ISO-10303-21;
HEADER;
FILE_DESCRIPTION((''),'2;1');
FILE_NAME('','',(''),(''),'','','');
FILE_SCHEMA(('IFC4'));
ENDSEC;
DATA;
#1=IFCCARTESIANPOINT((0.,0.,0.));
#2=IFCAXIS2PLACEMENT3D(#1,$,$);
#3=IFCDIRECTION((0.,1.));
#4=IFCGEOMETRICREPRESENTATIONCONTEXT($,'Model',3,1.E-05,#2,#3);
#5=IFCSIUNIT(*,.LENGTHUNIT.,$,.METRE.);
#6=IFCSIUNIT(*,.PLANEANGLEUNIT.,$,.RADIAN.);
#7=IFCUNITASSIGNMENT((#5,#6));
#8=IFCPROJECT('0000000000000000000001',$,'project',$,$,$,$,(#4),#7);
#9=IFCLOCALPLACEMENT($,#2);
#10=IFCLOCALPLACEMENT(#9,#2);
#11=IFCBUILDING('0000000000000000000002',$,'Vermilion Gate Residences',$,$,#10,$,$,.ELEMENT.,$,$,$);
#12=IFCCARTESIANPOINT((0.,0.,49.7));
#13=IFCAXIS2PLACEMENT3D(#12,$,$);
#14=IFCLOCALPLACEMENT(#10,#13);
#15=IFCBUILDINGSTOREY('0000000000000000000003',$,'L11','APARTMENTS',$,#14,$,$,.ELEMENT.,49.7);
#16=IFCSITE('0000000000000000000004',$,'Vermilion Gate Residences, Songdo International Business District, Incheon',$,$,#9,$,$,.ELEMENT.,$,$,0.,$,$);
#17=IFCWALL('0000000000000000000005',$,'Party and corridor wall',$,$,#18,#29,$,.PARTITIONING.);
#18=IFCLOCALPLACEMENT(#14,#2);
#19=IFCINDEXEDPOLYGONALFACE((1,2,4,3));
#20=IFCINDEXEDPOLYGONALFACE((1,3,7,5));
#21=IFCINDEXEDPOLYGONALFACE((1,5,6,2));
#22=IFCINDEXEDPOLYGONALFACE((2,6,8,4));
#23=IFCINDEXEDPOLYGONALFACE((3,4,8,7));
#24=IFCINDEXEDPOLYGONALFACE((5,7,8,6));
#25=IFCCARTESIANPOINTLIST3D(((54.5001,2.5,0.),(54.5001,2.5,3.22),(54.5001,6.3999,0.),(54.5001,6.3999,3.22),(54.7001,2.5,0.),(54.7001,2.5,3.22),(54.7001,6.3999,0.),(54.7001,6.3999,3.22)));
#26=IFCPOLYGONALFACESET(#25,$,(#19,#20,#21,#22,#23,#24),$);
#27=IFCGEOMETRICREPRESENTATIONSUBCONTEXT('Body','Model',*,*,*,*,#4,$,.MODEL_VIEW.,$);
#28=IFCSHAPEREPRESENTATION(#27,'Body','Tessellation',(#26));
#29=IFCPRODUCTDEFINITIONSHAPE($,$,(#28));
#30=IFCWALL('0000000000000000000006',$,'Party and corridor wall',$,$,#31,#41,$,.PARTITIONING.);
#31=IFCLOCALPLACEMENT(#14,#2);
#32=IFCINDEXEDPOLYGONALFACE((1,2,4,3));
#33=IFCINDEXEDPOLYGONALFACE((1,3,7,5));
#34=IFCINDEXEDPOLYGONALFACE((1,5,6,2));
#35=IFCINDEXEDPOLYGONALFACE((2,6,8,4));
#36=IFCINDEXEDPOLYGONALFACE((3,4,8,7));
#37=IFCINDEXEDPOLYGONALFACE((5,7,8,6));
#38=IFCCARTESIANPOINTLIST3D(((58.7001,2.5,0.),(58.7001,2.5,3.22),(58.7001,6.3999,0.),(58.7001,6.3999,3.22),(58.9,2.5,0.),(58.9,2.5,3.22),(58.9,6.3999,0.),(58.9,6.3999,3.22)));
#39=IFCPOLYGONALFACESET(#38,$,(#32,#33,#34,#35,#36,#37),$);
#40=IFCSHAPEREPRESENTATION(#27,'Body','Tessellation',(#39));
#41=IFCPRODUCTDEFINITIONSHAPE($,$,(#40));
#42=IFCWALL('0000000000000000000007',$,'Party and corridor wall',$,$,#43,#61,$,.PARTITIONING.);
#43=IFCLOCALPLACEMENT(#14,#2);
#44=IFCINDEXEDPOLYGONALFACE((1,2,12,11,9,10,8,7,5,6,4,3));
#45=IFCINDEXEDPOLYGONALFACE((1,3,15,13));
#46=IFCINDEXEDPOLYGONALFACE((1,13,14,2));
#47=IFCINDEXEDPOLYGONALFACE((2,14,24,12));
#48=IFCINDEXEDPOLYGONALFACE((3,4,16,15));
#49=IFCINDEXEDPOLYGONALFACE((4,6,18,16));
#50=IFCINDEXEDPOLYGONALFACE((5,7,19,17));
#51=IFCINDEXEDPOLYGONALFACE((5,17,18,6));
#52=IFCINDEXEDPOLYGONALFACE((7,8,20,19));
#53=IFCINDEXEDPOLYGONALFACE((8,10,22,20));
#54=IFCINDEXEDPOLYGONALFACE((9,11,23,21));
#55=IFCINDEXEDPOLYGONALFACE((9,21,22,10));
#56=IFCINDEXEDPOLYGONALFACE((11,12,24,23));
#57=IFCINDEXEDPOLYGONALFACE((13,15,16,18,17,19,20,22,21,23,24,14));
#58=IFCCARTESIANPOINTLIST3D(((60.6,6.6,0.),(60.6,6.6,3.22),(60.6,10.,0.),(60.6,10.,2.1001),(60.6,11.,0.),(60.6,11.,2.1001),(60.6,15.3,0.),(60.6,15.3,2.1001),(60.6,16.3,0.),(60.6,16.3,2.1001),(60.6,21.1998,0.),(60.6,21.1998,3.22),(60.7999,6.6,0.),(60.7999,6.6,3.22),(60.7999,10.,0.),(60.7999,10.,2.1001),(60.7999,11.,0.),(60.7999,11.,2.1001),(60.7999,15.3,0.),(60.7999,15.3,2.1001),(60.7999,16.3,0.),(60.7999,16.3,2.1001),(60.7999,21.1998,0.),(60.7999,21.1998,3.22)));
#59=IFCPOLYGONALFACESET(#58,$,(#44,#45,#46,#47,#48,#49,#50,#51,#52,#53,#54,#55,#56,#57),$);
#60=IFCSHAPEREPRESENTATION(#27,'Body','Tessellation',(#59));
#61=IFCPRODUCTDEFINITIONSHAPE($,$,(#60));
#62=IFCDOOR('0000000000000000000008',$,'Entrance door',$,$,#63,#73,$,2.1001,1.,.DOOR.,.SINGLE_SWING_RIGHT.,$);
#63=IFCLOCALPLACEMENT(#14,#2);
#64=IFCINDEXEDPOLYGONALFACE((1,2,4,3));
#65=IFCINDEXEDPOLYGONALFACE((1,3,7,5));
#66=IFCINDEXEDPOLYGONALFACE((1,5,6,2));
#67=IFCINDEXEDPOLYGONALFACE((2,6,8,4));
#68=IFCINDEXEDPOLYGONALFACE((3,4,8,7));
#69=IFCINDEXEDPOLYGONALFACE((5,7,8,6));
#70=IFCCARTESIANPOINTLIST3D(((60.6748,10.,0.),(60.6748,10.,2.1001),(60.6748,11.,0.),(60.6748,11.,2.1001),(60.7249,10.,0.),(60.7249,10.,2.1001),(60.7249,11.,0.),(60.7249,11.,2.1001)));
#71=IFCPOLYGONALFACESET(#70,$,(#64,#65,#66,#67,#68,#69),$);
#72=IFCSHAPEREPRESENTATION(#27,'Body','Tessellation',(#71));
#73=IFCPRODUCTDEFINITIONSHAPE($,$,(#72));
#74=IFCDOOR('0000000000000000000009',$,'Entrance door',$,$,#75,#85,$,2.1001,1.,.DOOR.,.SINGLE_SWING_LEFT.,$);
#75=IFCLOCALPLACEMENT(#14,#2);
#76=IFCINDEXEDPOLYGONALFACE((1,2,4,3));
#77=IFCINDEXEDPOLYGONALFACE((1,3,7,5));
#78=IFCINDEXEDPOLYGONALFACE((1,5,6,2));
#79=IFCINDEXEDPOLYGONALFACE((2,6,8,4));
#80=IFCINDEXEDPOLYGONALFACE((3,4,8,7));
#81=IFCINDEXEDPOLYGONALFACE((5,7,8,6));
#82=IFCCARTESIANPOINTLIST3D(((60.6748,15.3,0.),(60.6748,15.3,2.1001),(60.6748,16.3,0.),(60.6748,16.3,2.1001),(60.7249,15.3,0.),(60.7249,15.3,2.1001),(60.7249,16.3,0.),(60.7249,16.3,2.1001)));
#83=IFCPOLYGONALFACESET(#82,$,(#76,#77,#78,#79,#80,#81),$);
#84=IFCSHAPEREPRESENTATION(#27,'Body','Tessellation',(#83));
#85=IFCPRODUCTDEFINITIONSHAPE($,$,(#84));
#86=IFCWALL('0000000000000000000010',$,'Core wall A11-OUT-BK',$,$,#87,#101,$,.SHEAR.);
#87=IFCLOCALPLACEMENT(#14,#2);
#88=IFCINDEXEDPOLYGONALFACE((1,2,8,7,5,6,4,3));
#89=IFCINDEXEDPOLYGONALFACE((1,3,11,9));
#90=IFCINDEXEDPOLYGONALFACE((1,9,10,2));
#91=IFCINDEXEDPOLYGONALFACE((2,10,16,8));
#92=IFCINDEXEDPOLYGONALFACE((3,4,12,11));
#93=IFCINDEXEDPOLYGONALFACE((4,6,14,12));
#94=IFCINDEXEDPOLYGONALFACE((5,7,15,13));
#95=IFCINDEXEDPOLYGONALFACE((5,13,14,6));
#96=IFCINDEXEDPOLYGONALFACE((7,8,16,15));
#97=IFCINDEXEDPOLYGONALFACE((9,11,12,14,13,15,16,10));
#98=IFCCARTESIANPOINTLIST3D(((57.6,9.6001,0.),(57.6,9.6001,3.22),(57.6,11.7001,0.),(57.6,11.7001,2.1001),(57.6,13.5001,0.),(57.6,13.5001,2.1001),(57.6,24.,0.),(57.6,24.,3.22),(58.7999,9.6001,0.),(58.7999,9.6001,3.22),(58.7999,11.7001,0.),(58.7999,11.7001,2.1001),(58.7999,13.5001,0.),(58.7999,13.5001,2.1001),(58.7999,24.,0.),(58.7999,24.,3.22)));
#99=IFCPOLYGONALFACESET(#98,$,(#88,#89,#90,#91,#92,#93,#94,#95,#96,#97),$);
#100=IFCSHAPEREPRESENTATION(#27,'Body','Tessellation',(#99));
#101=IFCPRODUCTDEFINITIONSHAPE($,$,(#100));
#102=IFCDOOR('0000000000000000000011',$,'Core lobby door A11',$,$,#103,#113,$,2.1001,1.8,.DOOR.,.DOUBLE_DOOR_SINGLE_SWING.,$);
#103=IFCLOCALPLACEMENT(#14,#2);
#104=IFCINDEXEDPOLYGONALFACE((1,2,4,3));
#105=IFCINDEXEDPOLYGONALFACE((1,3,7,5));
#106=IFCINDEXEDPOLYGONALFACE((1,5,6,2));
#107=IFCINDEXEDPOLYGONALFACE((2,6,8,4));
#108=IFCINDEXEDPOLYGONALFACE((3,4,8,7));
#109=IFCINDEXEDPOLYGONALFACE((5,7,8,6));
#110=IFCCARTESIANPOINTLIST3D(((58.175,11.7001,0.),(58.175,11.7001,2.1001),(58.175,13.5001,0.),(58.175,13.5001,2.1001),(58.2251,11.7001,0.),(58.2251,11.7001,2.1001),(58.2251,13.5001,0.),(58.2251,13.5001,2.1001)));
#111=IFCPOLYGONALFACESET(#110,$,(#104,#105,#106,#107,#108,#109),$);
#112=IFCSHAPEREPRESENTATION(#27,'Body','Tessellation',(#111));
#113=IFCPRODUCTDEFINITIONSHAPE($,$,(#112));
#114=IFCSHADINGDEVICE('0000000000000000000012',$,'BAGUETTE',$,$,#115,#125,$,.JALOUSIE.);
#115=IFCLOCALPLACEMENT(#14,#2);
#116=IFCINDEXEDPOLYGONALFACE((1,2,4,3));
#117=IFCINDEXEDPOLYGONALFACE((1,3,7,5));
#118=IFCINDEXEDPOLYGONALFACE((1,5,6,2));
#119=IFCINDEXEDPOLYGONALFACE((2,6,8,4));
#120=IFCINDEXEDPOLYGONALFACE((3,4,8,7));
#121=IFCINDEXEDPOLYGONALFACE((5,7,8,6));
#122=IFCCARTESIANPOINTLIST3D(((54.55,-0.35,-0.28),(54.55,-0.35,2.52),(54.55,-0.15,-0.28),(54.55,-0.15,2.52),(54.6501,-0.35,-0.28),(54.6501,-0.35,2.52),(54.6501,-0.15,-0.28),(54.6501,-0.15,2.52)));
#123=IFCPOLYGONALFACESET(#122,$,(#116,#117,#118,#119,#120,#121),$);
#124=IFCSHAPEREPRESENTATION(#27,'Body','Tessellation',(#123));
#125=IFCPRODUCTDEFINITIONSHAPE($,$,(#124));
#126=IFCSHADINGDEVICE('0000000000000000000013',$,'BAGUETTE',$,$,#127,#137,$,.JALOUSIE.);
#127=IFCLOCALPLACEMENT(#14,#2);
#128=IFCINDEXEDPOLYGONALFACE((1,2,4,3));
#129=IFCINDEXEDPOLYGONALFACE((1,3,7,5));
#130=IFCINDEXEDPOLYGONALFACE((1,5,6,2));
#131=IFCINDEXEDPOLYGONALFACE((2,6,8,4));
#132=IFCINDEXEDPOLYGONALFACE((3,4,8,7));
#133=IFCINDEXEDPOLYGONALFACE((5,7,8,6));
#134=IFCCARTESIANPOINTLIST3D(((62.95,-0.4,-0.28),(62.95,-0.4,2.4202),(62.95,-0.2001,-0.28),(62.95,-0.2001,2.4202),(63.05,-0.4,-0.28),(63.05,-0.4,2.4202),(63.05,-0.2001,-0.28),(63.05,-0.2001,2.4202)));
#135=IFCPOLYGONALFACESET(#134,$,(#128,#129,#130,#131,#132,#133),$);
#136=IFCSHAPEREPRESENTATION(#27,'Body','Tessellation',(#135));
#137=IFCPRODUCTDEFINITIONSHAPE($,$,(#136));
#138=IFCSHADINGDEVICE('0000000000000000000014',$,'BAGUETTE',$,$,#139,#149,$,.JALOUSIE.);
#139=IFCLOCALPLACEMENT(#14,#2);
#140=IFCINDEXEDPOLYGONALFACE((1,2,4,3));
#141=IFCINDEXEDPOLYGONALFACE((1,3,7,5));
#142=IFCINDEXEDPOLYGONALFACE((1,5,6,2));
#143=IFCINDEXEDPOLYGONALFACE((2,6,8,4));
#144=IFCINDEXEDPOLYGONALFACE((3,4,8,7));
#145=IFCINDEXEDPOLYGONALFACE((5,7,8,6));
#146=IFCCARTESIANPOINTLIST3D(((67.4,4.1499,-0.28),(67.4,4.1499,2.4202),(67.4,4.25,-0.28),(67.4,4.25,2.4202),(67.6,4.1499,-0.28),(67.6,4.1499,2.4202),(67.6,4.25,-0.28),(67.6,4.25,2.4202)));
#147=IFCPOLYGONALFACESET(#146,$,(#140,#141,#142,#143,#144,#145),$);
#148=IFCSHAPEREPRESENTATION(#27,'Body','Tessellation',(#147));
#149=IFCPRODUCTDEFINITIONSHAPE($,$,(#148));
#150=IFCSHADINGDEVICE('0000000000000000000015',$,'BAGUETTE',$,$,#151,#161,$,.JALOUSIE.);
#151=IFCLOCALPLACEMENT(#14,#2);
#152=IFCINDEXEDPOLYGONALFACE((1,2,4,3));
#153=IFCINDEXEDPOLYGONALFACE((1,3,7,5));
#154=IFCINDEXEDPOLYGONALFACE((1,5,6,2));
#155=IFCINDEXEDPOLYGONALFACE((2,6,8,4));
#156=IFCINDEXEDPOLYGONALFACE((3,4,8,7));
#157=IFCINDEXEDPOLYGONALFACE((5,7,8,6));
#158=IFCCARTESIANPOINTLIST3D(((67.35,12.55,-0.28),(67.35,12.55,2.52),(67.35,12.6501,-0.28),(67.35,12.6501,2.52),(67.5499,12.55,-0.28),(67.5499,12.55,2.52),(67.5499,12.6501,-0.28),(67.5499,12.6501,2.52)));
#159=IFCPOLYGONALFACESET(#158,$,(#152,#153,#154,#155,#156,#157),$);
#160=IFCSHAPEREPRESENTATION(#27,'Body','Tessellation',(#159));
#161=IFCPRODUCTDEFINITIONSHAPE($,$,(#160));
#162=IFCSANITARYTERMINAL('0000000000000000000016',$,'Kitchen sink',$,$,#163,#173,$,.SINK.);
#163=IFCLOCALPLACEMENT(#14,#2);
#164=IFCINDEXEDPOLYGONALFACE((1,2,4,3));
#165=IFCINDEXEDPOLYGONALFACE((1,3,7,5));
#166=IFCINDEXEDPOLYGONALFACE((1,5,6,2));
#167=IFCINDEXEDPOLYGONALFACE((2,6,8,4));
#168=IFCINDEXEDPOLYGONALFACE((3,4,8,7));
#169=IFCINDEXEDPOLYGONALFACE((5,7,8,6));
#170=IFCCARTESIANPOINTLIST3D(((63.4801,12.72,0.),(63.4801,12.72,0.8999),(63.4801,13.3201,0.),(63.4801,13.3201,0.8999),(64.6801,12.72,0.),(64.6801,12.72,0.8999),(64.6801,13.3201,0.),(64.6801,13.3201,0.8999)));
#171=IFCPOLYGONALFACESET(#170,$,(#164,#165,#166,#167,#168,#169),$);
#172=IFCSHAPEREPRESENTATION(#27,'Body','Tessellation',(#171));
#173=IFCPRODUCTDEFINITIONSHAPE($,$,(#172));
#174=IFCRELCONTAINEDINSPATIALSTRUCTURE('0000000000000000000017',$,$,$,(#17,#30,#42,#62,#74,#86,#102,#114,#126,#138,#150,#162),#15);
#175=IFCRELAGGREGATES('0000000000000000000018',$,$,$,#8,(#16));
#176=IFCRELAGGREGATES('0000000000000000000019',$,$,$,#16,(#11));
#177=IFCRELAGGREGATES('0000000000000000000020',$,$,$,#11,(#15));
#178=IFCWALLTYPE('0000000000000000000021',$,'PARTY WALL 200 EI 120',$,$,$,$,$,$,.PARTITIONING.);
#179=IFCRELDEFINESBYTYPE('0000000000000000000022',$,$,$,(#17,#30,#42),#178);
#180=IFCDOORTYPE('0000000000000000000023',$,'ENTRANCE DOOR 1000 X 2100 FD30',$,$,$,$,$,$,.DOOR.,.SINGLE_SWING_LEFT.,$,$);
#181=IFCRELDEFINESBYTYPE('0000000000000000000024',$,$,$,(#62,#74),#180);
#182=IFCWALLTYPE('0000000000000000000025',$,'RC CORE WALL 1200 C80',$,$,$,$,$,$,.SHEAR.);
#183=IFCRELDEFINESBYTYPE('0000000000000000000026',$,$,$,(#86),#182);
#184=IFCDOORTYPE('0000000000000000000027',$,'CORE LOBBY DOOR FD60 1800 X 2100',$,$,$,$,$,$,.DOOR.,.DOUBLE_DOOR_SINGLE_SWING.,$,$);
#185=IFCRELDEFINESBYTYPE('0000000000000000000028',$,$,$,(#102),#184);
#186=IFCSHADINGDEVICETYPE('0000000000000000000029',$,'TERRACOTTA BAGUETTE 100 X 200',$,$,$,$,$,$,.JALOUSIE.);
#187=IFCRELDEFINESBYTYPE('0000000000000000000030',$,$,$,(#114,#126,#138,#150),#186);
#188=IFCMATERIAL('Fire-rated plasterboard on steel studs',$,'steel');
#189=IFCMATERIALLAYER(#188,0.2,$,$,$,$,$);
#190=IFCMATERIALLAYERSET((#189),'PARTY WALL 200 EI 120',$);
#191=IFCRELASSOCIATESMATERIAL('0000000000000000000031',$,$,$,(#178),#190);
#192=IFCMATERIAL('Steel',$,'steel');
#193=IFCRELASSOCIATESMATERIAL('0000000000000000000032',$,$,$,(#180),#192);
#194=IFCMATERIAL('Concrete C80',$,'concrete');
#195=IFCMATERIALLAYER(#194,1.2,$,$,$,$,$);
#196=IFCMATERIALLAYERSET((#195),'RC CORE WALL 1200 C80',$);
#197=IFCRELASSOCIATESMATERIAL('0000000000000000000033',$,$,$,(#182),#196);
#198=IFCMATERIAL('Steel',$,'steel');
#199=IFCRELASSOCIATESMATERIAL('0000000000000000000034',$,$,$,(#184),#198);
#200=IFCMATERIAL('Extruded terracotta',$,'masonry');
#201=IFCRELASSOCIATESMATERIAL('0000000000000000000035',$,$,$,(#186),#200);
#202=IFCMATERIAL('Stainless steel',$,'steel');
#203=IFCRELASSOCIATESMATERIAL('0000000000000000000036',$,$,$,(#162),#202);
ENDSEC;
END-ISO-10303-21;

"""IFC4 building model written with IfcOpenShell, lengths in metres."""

from ifc_helpers import new_model, si_unit, direction, frame, frame_2d, origin, origin_2d, place, context, subcontext, project, spatial, rectangle, extrude, material, layer, layer_set, material_profile, profile_set, type_object, element, fill, save


model = new_model("IFC4")

# Units and contexts
model_context = context("Model", 3, precision=1e-05, world=origin(), true_north=direction((0.0, 1.0)))
body_context = subcontext(model_context, "Body", "Model", "MODEL_VIEW")
ifc_project = project(units=[si_unit("LENGTHUNIT", "METRE"), si_unit("PLANEANGLEUNIT", "RADIAN")], contexts=[model_context])

# Site, building, storey
site_placement = place(None, origin())
site = spatial("IfcSite", under=ifc_project, at=site_placement, Name="Vermilion Gate Residences, Songdo International Business District, Incheon", CompositionType="ELEMENT", RefElevation=0.0)
building_placement = place(site_placement, origin())
building = spatial("IfcBuilding", under=site, at=building_placement, Name="Vermilion Gate Residences", CompositionType="ELEMENT")
storey_placement = place(building_placement, frame((0.0, 0.0, 49.7)))
storey = spatial("IfcBuildingStorey", under=building, at=storey_placement, Name="L11", Description="APARTMENTS", CompositionType="ELEMENT", Elevation=49.7)

# Walls
ifc_material_1 = material(Name="Fire-rated plasterboard on steel studs", Category="steel")
ifc_layer_1 = layer(ifc_material_1, 0.2)
ifc_layer_set_1 = layer_set([ifc_layer_1], Name="PARTY WALL 200 EI 120")
wall_type_1 = type_object("IfcWallType", Name="PARTY WALL 200 EI 120", PredefinedType="PARTITIONING", material=ifc_layer_set_1)
for number, where, z_axis, x_axis, name in (
    (1, (54.6001, 2.5, 0.0), (0.0, 0.0, 1.0), (0.0, 1.0, 0.0), "Party and corridor wall"),
    (2, (58.8, 2.5, 0.0), (0.0, 0.0, 1.0), (0.0, 1.0, 0.0), "Party and corridor wall"),
):
    element("IfcWall", number, at=place(storey_placement, frame(where, z_axis=z_axis, x_axis=x_axis)), inside=storey, type_object=wall_type_1, Name=name, PredefinedType="PARTITIONING", context=body_context, shape_type="SweptSolid", body=[
        extrude(rectangle(XDim=3.8999, YDim=0.2, at=frame_2d((1.95, 0.0))), origin(), (0.0, 0.0, 1.0), 3.22),
    ])

# Wall, openings, doors
wall_1_placement = place(storey_placement, frame((60.7, 6.6001, 0.0), z_axis=(0.0, 0.0, 1.0), x_axis=(0.0, 1.0, 0.0)))
wall_1 = element("IfcWall", 3, at=wall_1_placement, inside=storey, type_object=wall_type_1, Name="Party and corridor wall", PredefinedType="PARTITIONING", context=body_context, shape_type="SweptSolid", body=[
    extrude(rectangle(XDim=14.5999, YDim=0.2, at=frame_2d((7.2998, 0.0))), origin(), (0.0, 0.0, 1.0), 3.22),
])
opening_1_placement = place(wall_1_placement, frame((3.3999, 0.0, 0.0)))
opening_1 = element("IfcOpeningElement", 4, at=opening_1_placement, cuts=wall_1, PredefinedType="OPENING", context=body_context, shape_type="SweptSolid", body=[
    extrude(rectangle(XDim=1.0, YDim=2.1001, at=frame_2d((0.5, 1.05))), frame((0.0, 0.1099, 0.0), z_axis=(0.0, -1.0, 0.0), x_axis=(1.0, 0.0, 0.0)), (0.0, 0.0, 1.0), 0.22),
])
opening_2_placement = place(wall_1_placement, frame((8.7, 0.0, 0.0)))
opening_2 = element("IfcOpeningElement", 5, at=opening_2_placement, cuts=wall_1, PredefinedType="OPENING", context=body_context, shape_type="SweptSolid", body=[
    extrude(rectangle(XDim=1.0, YDim=2.1001, at=frame_2d((0.5, 1.05))), frame((0.0, 0.1099, 0.0), z_axis=(0.0, -1.0, 0.0), x_axis=(1.0, 0.0, 0.0)), (0.0, 0.0, 1.0), 0.22),
])
ifc_material_2 = material(Name="Steel", Category="steel")
door_type_1 = type_object("IfcDoorType", Name="ENTRANCE DOOR 1000 X 2100 FD30", OperationType="SINGLE_SWING_LEFT", PredefinedType="DOOR", material=ifc_material_2)
door_1_placement = place(opening_1_placement, frame((1.0, 0.0, 0.0), z_axis=(0.0, 0.0, 1.0), x_axis=(-1.0, 0.0, 0.0)))
door_1 = element("IfcDoor", 6, at=door_1_placement, inside=storey, type_object=door_type_1, Name="Entrance door", OperationType="SINGLE_SWING_RIGHT", OverallHeight=2.1001, OverallWidth=1.0, PredefinedType="DOOR", context=body_context, shape_type="SweptSolid", body=[
    extrude(rectangle(XDim=1.0, YDim=2.1001, at=frame_2d((0.5, 1.05))), frame((0.0, 0.0249, 0.0), z_axis=(0.0, -1.0, 0.0), x_axis=(1.0, 0.0, 0.0)), (0.0, 0.0, 1.0), 0.05),
])
fill(opening_1, door_1)
door_2_placement = place(opening_2_placement, frame((1.0, 0.0, 0.0), z_axis=(0.0, 0.0, 1.0), x_axis=(-1.0, 0.0, 0.0)))
door_2 = element("IfcDoor", 7, at=door_2_placement, inside=storey, type_object=door_type_1, Name="Entrance door", OperationType="SINGLE_SWING_LEFT", OverallHeight=2.1001, OverallWidth=1.0, PredefinedType="DOOR", context=body_context, shape_type="SweptSolid", body=[
    extrude(rectangle(XDim=1.0, YDim=2.1001, at=frame_2d((0.5, 1.05))), frame((0.0, 0.0249, 0.0), z_axis=(0.0, -1.0, 0.0), x_axis=(1.0, 0.0, 0.0)), (0.0, 0.0, 1.0), 0.05),
])
fill(opening_2, door_2)

# Wall, opening, door
ifc_material_3 = material(Name="Concrete C80", Category="concrete")
ifc_layer_2 = layer(ifc_material_3, 1.2)
ifc_layer_set_2 = layer_set([ifc_layer_2], Name="RC CORE WALL 1200 C80")
wall_type_2 = type_object("IfcWallType", Name="RC CORE WALL 1200 C80", PredefinedType="SHEAR", material=ifc_layer_set_2)
wall_2_placement = place(storey_placement, frame((58.2, 9.6001, 0.0), z_axis=(0.0, 0.0, 1.0), x_axis=(0.0, 1.0, 0.0)))
wall_2 = element("IfcWall", 8, at=wall_2_placement, inside=storey, type_object=wall_type_2, Name="Core wall A11-OUT-BK", PredefinedType="SHEAR", context=body_context, shape_type="SweptSolid", body=[
    extrude(rectangle(XDim=14.3999, YDim=1.2, at=frame_2d((7.2, 0.0))), origin(), (0.0, 0.0, 1.0), 3.22),
])
opening_3_placement = place(wall_2_placement, frame((2.1001, 0.0, 0.0)))
opening_3 = element("IfcOpeningElement", 9, at=opening_3_placement, cuts=wall_2, PredefinedType="OPENING", context=body_context, shape_type="SweptSolid", body=[
    extrude(rectangle(XDim=1.8, YDim=2.1001, at=frame_2d((0.8999, 1.05))), frame((0.0, 0.6099, 0.0), z_axis=(0.0, -1.0, 0.0), x_axis=(1.0, 0.0, 0.0)), (0.0, 0.0, 1.0), 1.22),
])
ifc_material_4 = material(Name="Steel", Category="steel")
door_type_2 = type_object("IfcDoorType", Name="CORE LOBBY DOOR FD60 1800 X 2100", OperationType="DOUBLE_DOOR_SINGLE_SWING", PredefinedType="DOOR", material=ifc_material_4)
door_3_placement = place(opening_3_placement, origin())
door_3 = element("IfcDoor", 10, at=door_3_placement, inside=storey, type_object=door_type_2, Name="Core lobby door A11", OperationType="DOUBLE_DOOR_SINGLE_SWING", OverallHeight=2.1001, OverallWidth=1.8, PredefinedType="DOOR", context=body_context, shape_type="SweptSolid", body=[
    extrude(rectangle(XDim=1.8, YDim=2.1001, at=frame_2d((0.8999, 1.05))), frame((0.0, 0.0249, 0.0), z_axis=(0.0, -1.0, 0.0), x_axis=(1.0, 0.0, 0.0)), (0.0, 0.0, 1.0), 0.05),
])
fill(opening_3, door_3)

# Shading devices
ifc_material_5 = material(Name="Extruded terracotta", Category="masonry")
ifc_material_profile_1 = material_profile(ifc_material_5, rectangle(XDim=0.2, YDim=0.1001, at=origin_2d()), Name="BAGUETTE 100 X 200")
ifc_profile_set_1 = profile_set([ifc_material_profile_1], Name="Extruded terracotta")
shading_device_type = type_object("IfcShadingDeviceType", Name="TERRACOTTA BAGUETTE 100 X 200", PredefinedType="JALOUSIE", material=ifc_profile_set_1)
shading_device_1_placement = place(storey_placement, frame((54.6001, -0.25, -0.28), z_axis=(0.0, 0.0, 1.0), x_axis=(0.0, 1.0, 0.0)))
element("IfcShadingDevice", 11, at=shading_device_1_placement, inside=storey, type_object=shading_device_type, Name="BAGUETTE", PredefinedType="JALOUSIE", context=body_context, shape_type="SweptSolid", body=[
    extrude(rectangle(XDim=0.2, YDim=0.1001, at=origin_2d()), origin(), (0.0, 0.0, 1.0), 2.8),
])
for number, where, z_axis, x_axis, name in (
    (12, (63.0, -0.3, -0.28), (0.0, 0.0, 1.0), (0.0, 1.0, 0.0), "BAGUETTE"),
    (13, (67.5, 4.2, -0.28), (0.0, 0.0, 1.0), (-1.0, 0.0, 0.0), "BAGUETTE"),
):
    element("IfcShadingDevice", number, at=place(storey_placement, frame(where, z_axis=z_axis, x_axis=x_axis)), inside=storey, type_object=shading_device_type, Name=name, PredefinedType="JALOUSIE", context=body_context, shape_type="SweptSolid", body=[
        extrude(rectangle(XDim=0.2, YDim=0.1001, at=origin_2d()), origin(), (0.0, 0.0, 1.0), 2.7002),
    ])
shading_device_2_placement = place(storey_placement, frame((67.45, 12.6001, -0.28), z_axis=(0.0, 0.0, 1.0), x_axis=(-1.0, 0.0, 0.0)))
element("IfcShadingDevice", 14, at=shading_device_2_placement, inside=storey, type_object=shading_device_type, Name="BAGUETTE", PredefinedType="JALOUSIE", context=body_context, shape_type="SweptSolid", body=[
    extrude(rectangle(XDim=0.2, YDim=0.1001, at=origin_2d()), origin(), (0.0, 0.0, 1.0), 2.8),
])

# Sanitary terminal
ifc_material_6 = material(Name="Stainless steel", Category="steel")
sanitary_terminal_1_placement = place(storey_placement, frame((64.0801, 13.02, 0.0), z_axis=(0.0, 0.0, 1.0), x_axis=(1.0, 0.0, 0.0)))
element("IfcSanitaryTerminal", 15, at=sanitary_terminal_1_placement, inside=storey, material=ifc_material_6, Name="Kitchen sink", PredefinedType="SINK", context=body_context, shape_type="SweptSolid", body=[
    extrude(rectangle(XDim=1.2, YDim=0.6001, at=origin_2d()), origin(), (0.0, 0.0, 1.0), 0.8999),
])

save(model, "model.ifc")
